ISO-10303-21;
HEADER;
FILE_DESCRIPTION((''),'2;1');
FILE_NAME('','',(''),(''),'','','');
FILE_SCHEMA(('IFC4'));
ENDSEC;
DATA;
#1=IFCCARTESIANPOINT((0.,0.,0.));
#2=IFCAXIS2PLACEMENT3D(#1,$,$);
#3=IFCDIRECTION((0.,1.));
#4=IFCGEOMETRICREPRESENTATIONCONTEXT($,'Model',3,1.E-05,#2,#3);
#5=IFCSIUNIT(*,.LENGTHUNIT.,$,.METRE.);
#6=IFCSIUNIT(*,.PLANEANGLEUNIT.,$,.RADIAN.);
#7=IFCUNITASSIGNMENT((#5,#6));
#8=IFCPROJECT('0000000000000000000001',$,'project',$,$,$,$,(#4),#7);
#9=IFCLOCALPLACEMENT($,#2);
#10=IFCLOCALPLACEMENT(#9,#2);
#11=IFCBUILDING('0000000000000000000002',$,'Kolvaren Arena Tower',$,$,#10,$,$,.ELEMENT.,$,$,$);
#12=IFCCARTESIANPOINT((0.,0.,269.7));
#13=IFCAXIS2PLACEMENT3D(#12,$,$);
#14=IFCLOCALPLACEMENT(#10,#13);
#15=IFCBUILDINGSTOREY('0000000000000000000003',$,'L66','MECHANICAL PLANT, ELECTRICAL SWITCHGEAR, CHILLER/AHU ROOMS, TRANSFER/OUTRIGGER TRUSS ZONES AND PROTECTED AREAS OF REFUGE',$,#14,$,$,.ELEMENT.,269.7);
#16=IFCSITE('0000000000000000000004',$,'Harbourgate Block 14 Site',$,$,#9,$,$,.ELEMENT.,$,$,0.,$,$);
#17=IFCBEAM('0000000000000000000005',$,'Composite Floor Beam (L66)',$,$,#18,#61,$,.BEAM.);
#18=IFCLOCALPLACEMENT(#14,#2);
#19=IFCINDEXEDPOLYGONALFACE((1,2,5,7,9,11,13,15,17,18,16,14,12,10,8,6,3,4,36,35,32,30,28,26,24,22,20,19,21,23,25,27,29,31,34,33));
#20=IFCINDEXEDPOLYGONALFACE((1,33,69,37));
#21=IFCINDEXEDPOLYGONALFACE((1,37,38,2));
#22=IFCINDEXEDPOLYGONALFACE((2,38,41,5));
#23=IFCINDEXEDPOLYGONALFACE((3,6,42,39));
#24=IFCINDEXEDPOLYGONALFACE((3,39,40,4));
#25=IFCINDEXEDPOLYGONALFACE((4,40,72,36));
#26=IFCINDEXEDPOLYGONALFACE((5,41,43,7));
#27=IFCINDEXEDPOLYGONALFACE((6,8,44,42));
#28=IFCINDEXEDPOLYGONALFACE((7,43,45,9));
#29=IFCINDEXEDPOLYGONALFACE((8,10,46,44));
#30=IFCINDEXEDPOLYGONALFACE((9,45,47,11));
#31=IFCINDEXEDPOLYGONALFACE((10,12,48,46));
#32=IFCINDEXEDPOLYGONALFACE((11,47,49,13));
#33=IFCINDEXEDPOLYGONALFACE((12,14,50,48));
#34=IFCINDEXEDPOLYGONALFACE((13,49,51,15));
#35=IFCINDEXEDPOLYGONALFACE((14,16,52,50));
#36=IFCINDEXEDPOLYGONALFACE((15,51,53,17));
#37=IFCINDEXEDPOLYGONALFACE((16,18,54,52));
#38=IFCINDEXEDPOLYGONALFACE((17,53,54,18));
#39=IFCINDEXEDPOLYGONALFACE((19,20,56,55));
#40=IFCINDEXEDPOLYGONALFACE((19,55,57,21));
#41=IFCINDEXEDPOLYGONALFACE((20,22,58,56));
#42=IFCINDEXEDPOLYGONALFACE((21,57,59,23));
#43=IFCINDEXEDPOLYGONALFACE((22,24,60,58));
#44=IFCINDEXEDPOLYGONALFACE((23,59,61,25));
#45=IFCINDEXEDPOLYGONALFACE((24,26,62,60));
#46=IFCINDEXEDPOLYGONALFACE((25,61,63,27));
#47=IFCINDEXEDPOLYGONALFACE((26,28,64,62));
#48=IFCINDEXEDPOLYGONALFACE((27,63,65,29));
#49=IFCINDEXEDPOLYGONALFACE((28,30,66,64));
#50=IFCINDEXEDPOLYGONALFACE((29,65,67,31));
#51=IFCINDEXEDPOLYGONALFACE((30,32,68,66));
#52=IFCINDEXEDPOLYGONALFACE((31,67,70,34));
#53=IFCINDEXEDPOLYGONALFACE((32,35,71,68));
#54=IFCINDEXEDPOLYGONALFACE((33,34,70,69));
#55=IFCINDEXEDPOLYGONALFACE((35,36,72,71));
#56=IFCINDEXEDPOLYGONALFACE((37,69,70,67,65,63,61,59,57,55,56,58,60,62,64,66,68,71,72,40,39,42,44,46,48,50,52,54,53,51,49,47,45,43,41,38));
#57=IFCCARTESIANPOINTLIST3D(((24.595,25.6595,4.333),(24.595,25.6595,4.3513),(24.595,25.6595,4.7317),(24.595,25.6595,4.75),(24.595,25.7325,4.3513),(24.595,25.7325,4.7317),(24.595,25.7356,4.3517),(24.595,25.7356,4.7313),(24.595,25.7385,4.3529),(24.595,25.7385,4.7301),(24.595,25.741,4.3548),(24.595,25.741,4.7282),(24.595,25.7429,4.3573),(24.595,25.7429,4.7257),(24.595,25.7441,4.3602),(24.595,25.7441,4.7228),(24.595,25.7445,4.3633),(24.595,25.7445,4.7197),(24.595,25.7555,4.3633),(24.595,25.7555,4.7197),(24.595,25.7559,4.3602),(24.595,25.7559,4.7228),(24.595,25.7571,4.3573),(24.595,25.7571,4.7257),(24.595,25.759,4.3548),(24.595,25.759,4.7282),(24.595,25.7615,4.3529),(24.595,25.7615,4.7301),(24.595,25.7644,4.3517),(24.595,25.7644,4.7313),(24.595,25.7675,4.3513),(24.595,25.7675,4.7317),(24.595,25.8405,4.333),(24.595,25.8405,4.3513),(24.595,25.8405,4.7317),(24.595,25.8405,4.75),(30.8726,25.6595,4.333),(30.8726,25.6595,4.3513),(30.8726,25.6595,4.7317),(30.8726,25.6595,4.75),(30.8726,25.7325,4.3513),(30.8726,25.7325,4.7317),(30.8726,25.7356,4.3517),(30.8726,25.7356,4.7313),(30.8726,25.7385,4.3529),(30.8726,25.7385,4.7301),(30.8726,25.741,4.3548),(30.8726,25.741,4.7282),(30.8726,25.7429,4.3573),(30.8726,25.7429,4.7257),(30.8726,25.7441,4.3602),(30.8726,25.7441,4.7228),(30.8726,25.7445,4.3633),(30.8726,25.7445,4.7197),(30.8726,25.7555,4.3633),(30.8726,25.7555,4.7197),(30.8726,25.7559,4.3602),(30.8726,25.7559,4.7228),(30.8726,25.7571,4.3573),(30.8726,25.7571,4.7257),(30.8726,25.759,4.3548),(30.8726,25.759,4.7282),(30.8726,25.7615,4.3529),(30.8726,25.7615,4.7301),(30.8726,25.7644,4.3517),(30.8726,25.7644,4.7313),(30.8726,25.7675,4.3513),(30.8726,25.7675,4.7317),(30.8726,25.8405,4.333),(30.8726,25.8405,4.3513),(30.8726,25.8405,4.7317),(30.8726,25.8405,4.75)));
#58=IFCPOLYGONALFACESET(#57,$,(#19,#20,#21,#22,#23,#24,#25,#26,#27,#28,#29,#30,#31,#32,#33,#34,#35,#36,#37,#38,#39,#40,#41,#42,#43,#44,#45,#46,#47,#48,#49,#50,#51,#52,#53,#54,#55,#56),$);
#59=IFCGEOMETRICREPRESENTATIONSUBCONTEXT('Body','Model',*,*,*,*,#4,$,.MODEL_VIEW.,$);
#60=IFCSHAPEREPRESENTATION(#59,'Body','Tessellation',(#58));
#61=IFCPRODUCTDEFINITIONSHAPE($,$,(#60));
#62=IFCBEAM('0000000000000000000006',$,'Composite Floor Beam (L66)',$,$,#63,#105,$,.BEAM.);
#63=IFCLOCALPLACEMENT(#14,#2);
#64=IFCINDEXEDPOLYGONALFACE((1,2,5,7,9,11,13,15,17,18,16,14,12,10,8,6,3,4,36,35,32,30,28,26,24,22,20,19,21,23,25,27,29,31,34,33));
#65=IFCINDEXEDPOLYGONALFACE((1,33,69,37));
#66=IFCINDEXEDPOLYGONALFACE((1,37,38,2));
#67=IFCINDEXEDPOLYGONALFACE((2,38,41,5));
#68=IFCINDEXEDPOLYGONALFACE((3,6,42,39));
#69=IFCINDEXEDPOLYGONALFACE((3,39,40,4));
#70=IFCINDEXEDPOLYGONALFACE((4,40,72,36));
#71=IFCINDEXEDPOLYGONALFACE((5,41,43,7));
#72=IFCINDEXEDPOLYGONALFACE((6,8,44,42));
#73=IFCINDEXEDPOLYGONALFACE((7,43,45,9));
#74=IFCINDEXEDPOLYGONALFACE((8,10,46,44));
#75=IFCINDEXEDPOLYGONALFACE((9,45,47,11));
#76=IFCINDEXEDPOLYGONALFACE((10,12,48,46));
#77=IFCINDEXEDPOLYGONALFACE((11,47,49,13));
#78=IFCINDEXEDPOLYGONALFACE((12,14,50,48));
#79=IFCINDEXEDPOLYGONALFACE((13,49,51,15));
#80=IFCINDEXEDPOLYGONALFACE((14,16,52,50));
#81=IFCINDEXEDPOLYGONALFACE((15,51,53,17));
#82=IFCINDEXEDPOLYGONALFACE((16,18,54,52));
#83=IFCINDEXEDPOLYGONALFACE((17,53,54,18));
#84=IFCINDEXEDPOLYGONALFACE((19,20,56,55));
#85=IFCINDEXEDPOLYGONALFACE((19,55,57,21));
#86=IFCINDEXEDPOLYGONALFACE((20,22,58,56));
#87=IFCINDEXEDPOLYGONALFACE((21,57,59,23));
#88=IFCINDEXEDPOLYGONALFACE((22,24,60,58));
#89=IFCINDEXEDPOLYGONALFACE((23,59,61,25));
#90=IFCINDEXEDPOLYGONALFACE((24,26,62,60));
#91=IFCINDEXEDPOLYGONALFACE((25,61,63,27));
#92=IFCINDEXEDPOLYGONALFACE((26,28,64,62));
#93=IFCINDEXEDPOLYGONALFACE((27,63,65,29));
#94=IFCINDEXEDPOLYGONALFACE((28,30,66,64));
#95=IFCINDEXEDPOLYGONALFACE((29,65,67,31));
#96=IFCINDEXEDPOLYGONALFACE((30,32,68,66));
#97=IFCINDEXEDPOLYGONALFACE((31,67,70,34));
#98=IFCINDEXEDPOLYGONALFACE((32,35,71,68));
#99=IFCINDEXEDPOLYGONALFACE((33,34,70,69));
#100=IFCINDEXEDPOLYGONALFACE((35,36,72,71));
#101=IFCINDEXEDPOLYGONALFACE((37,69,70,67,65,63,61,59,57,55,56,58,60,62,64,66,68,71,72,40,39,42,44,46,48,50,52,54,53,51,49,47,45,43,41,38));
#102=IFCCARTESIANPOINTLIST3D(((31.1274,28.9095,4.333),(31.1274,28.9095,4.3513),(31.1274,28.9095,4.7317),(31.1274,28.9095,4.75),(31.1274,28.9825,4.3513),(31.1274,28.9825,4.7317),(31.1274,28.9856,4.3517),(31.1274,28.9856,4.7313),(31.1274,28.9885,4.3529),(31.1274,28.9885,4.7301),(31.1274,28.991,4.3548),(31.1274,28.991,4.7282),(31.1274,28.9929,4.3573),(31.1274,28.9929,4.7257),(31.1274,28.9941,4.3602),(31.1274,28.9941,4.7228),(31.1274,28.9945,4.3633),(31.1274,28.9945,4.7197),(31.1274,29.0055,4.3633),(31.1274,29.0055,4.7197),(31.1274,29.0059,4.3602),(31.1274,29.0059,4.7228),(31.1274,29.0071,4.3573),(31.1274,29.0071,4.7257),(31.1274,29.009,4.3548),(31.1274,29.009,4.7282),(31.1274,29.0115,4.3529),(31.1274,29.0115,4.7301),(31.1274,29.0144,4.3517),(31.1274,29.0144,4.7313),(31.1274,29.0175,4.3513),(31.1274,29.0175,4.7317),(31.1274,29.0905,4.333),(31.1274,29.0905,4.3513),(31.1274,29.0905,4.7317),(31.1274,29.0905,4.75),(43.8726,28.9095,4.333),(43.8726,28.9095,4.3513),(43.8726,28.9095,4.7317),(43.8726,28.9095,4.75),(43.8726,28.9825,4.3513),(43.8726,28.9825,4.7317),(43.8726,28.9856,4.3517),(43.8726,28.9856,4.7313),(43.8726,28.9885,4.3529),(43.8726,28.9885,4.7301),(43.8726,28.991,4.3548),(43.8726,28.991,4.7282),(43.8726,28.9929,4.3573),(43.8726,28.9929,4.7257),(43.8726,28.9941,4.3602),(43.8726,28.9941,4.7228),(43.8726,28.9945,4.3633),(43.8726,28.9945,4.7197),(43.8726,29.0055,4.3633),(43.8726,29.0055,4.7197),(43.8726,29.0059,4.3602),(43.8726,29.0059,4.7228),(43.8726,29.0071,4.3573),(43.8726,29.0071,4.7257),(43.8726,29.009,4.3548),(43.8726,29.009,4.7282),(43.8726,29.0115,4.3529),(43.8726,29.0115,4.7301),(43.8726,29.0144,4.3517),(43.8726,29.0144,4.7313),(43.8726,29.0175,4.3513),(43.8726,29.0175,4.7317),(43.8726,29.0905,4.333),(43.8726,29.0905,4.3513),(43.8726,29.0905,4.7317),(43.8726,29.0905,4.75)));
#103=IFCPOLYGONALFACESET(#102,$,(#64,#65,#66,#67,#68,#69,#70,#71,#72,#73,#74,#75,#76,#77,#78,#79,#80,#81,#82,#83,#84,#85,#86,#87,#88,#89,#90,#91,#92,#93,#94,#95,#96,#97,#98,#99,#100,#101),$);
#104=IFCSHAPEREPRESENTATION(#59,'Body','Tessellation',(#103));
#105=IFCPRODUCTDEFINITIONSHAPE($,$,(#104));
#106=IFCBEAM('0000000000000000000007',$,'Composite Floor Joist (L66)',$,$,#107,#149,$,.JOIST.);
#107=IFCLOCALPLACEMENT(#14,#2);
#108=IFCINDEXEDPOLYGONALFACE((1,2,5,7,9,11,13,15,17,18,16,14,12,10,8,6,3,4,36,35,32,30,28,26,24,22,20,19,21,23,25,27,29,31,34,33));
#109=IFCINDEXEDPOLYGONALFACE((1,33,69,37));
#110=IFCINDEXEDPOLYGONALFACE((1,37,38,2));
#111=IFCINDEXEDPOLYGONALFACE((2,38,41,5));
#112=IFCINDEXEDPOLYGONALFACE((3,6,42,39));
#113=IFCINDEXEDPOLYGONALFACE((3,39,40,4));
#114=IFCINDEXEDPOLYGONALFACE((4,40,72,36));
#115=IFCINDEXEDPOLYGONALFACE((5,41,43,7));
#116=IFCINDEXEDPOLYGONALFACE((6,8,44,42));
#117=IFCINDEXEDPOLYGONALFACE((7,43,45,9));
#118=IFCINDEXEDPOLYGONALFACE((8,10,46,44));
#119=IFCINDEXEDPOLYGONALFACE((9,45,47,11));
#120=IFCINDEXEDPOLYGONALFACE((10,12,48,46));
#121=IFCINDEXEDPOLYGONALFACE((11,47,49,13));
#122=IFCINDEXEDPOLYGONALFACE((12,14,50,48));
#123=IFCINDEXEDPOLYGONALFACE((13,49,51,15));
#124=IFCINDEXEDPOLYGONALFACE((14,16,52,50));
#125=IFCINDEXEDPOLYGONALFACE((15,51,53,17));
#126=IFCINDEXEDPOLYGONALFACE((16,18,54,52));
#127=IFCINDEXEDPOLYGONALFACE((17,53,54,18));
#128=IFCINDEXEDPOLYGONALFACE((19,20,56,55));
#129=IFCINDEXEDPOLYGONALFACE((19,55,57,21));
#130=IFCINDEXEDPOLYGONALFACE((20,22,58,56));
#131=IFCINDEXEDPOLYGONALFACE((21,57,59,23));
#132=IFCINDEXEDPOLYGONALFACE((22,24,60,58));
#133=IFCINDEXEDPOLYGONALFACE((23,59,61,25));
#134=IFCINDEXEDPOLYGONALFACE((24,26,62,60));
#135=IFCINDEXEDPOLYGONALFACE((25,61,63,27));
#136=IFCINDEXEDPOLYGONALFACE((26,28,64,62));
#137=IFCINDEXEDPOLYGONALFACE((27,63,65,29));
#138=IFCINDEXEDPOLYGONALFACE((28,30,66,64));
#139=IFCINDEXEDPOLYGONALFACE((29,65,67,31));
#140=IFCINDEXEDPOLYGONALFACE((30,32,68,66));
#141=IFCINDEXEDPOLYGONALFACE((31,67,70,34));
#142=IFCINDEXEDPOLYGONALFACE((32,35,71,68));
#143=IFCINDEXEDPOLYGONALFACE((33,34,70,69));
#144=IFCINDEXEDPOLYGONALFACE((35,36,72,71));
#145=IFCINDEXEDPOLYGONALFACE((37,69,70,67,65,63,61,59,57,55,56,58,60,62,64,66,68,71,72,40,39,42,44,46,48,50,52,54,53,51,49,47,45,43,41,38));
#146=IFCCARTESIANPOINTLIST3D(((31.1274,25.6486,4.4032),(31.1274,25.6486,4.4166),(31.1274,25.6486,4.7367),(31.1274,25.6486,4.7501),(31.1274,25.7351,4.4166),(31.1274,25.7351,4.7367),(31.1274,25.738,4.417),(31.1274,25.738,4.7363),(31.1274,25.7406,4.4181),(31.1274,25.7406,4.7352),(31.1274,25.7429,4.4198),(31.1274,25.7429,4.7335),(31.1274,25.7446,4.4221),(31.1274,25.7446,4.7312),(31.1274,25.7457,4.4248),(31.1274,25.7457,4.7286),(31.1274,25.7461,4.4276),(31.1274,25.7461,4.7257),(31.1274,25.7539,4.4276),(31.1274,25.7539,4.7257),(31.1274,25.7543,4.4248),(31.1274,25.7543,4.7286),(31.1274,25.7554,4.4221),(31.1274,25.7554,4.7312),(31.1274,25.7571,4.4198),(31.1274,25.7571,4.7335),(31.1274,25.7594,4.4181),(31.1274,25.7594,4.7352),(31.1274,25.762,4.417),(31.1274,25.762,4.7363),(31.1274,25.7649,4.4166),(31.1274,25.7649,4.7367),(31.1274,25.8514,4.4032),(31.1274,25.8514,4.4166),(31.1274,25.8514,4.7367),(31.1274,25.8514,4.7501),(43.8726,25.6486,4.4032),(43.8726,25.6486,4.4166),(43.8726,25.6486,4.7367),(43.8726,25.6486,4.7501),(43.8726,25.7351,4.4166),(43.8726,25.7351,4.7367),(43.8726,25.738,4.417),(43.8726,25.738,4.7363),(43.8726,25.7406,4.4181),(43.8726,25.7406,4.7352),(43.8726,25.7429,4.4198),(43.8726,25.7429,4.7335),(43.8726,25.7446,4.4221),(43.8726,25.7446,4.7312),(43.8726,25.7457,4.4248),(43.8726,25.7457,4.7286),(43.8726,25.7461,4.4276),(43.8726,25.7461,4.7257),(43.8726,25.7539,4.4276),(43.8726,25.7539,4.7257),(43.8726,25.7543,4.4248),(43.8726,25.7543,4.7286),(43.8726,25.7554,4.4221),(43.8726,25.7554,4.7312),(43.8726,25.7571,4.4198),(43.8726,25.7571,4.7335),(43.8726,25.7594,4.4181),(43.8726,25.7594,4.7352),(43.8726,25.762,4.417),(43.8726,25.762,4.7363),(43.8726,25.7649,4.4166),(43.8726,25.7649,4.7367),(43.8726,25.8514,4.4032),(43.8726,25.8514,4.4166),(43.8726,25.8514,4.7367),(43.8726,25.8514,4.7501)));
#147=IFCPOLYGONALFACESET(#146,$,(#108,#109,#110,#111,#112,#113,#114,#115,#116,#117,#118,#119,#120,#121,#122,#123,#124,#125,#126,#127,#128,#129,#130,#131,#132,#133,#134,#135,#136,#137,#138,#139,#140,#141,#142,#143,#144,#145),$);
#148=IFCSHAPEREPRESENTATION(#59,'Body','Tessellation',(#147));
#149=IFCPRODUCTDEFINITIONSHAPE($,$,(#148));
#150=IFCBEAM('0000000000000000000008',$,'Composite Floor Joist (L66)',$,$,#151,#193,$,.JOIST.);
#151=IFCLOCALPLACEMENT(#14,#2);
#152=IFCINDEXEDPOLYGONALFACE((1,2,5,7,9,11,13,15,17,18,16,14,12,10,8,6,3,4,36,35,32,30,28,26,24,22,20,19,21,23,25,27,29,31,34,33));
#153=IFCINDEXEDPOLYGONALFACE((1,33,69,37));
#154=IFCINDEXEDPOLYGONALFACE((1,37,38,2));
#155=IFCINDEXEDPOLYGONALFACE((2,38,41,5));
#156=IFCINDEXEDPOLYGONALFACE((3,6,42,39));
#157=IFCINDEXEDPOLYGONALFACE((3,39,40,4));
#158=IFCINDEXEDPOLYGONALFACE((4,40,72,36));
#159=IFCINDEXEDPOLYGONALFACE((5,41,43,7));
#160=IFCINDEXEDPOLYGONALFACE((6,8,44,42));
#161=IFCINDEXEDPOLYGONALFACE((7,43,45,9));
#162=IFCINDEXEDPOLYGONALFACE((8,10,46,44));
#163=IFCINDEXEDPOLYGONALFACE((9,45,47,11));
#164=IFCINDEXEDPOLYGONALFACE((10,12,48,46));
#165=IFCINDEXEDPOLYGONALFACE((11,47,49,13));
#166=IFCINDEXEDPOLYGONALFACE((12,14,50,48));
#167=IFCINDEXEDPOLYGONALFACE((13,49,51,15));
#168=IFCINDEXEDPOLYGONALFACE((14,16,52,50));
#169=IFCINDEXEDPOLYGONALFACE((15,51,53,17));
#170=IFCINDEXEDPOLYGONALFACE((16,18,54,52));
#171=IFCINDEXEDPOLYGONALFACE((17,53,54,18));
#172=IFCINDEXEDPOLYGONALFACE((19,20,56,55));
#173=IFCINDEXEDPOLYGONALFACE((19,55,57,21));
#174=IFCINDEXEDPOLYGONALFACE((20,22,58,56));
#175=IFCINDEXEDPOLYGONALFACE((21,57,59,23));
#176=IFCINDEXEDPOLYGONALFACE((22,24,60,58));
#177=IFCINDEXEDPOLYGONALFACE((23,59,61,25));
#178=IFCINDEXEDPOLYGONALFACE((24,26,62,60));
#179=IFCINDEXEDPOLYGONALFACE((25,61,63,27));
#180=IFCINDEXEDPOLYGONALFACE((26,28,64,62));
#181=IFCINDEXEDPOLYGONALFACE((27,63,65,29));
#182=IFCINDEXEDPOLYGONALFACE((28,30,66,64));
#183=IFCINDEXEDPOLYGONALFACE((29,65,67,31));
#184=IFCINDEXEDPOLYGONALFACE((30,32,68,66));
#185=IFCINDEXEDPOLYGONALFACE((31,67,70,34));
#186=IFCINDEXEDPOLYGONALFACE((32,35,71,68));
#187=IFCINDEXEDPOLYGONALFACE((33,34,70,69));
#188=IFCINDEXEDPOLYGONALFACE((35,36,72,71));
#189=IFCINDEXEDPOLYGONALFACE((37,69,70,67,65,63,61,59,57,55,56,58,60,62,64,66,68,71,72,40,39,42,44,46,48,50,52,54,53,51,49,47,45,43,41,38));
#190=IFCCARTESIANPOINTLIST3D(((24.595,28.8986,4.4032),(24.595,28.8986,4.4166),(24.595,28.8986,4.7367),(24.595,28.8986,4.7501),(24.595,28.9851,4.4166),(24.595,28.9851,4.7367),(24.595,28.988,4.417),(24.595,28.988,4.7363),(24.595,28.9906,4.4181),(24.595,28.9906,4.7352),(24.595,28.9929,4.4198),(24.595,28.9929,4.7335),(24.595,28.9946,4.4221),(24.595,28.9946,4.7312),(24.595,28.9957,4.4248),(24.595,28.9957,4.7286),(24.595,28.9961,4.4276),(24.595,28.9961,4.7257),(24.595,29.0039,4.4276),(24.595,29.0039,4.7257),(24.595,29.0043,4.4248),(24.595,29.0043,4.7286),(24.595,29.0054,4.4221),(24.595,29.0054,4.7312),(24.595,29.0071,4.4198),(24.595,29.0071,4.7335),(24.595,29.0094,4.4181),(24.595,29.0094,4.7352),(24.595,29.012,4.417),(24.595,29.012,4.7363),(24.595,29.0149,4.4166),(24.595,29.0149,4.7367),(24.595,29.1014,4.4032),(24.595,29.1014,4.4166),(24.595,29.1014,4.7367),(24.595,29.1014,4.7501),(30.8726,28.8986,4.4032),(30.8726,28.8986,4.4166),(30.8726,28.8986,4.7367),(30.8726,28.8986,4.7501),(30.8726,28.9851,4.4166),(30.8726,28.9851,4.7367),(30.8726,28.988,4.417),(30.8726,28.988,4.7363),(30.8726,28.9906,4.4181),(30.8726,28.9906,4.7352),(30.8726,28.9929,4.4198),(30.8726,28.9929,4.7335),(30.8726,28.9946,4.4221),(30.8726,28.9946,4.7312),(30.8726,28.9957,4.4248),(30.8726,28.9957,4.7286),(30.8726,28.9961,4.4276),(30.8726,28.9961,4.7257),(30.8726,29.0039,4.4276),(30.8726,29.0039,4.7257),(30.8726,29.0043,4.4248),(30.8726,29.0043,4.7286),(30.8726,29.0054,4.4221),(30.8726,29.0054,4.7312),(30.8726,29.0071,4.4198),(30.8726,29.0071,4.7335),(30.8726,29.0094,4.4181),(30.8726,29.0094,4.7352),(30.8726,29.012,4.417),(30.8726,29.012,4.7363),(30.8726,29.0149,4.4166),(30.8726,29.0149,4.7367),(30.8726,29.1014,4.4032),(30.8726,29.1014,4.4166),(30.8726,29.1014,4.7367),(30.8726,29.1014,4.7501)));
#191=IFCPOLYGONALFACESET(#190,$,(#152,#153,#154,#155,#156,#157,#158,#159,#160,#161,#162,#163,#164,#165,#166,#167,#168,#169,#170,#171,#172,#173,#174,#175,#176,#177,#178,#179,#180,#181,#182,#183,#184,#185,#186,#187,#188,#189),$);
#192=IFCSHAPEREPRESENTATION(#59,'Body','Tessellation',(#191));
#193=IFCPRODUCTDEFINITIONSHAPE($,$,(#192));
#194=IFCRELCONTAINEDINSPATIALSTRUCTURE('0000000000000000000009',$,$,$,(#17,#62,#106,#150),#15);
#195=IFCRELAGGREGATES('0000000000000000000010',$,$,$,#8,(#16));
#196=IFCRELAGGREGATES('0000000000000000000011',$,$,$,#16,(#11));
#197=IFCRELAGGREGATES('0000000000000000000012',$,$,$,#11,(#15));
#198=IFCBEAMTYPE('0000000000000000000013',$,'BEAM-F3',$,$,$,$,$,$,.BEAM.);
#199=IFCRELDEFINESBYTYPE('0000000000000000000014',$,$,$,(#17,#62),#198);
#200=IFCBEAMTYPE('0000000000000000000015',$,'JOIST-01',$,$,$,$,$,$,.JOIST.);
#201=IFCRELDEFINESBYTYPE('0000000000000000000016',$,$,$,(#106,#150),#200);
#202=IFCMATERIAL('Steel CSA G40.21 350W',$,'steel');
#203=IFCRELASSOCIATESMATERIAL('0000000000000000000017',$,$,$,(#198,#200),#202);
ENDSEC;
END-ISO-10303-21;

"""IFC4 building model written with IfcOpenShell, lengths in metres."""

from ifc_helpers import new_model, si_unit, direction, frame, origin, origin_2d, place, context, subcontext, project, spatial, i_section, extrude, material, material_profile, profile_set, type_object, element, save


model = new_model("IFC4")

# Units and contexts
model_context = context("Model", 3, precision=1e-05, world=origin(), true_north=direction((0.0, 1.0)))
body_context = subcontext(model_context, "Body", "Model", "MODEL_VIEW")
ifc_project = project(units=[si_unit("LENGTHUNIT", "METRE"), si_unit("PLANEANGLEUNIT", "RADIAN")], contexts=[model_context])

# Site, building, storey
site_placement = place(None, origin())
site = spatial("IfcSite", under=ifc_project, at=site_placement, Name="Harbourgate Block 14 Site", CompositionType="ELEMENT", RefElevation=0.0)
building_placement = place(site_placement, origin())
building = spatial("IfcBuilding", under=site, at=building_placement, Name="Kolvaren Arena Tower", CompositionType="ELEMENT")
storey_placement = place(building_placement, frame((0.0, 0.0, 269.7)))
storey = spatial("IfcBuildingStorey", under=building, at=storey_placement, Name="L66", Description="MECHANICAL PLANT, ELECTRICAL SWITCHGEAR, CHILLER/AHU ROOMS, TRANSFER/OUTRIGGER TRUSS ZONES AND PROTECTED AREAS OF REFUGE", CompositionType="ELEMENT", Elevation=269.7)

# Beams
ifc_material_1 = material(Name="Steel CSA G40.21 350W", Category="steel")
ifc_material_profile_1 = material_profile(ifc_material_1, i_section(OverallWidth=0.1809, OverallDepth=0.417, WebThickness=0.011, FlangeThickness=0.0183, FilletRadius=0.012, at=origin_2d()), Name="W410x85")
ifc_profile_set_1 = profile_set([ifc_material_profile_1], Name="Steel CSA G40.21 350W")
beam_type_1 = type_object("IfcBeamType", Name="BEAM-F3", PredefinedType="BEAM", material=ifc_profile_set_1)
beam_1_placement = place(storey_placement, frame((24.595, 25.75, 4.5415), z_axis=(1.0, 0.0, 0.0), x_axis=(0.0, 1.0, 0.0)))
element("IfcBeam", 1, at=beam_1_placement, inside=storey, type_object=beam_type_1, Name="Composite Floor Beam (L66)", PredefinedType="BEAM", context=body_context, shape_type="SweptSolid", body=[
    extrude(i_section(OverallWidth=0.1809, OverallDepth=0.417, WebThickness=0.011, FlangeThickness=0.0183, FilletRadius=0.012, at=origin_2d()), origin(), (0.0, 0.0, 1.0), 6.2776),
])
beam_2_placement = place(storey_placement, frame((31.1274, 29.0, 4.5415), z_axis=(1.0, 0.0, 0.0), x_axis=(0.0, 1.0, 0.0)))
element("IfcBeam", 2, at=beam_2_placement, inside=storey, type_object=beam_type_1, Name="Composite Floor Beam (L66)", PredefinedType="BEAM", context=body_context, shape_type="SweptSolid", body=[
    extrude(i_section(OverallWidth=0.1809, OverallDepth=0.417, WebThickness=0.011, FlangeThickness=0.0183, FilletRadius=0.012, at=origin_2d()), origin(), (0.0, 0.0, 1.0), 12.7451),
])
ifc_material_profile_2 = material_profile(ifc_material_1, i_section(OverallWidth=0.2029, OverallDepth=0.3469, WebThickness=0.0078, FlangeThickness=0.0134, FilletRadius=0.011, at=origin_2d()), Name="W360x64")
ifc_profile_set_2 = profile_set([ifc_material_profile_2], Name="Steel CSA G40.21 350W")
beam_type_2 = type_object("IfcBeamType", Name="JOIST-01", PredefinedType="JOIST", material=ifc_profile_set_2)
beam_3_placement = place(storey_placement, frame((31.1274, 25.75, 4.5767), z_axis=(1.0, 0.0, 0.0), x_axis=(0.0, 1.0, 0.0)))
element("IfcBeam", 3, at=beam_3_placement, inside=storey, type_object=beam_type_2, Name="Composite Floor Joist (L66)", PredefinedType="JOIST", context=body_context, shape_type="SweptSolid", body=[
    extrude(i_section(OverallWidth=0.2029, OverallDepth=0.3469, WebThickness=0.0078, FlangeThickness=0.0134, FilletRadius=0.011, at=origin_2d()), origin(), (0.0, 0.0, 1.0), 12.7451),
])
for number, where, z_axis, x_axis, name in (
    (4, (24.595, 29.0, 4.5767), (1.0, 0.0, 0.0), (0.0, 1.0, 0.0), "Composite Floor Joist (L66)"),
):
    element("IfcBeam", number, at=place(storey_placement, frame(where, z_axis=z_axis, x_axis=x_axis)), inside=storey, type_object=beam_type_2, Name=name, PredefinedType="JOIST", context=body_context, shape_type="SweptSolid", body=[
        extrude(i_section(OverallWidth=0.2029, OverallDepth=0.3469, WebThickness=0.0078, FlangeThickness=0.0134, FilletRadius=0.011, at=origin_2d()), origin(), (0.0, 0.0, 1.0), 6.2776),
    ])

save(model, "model.ifc")
